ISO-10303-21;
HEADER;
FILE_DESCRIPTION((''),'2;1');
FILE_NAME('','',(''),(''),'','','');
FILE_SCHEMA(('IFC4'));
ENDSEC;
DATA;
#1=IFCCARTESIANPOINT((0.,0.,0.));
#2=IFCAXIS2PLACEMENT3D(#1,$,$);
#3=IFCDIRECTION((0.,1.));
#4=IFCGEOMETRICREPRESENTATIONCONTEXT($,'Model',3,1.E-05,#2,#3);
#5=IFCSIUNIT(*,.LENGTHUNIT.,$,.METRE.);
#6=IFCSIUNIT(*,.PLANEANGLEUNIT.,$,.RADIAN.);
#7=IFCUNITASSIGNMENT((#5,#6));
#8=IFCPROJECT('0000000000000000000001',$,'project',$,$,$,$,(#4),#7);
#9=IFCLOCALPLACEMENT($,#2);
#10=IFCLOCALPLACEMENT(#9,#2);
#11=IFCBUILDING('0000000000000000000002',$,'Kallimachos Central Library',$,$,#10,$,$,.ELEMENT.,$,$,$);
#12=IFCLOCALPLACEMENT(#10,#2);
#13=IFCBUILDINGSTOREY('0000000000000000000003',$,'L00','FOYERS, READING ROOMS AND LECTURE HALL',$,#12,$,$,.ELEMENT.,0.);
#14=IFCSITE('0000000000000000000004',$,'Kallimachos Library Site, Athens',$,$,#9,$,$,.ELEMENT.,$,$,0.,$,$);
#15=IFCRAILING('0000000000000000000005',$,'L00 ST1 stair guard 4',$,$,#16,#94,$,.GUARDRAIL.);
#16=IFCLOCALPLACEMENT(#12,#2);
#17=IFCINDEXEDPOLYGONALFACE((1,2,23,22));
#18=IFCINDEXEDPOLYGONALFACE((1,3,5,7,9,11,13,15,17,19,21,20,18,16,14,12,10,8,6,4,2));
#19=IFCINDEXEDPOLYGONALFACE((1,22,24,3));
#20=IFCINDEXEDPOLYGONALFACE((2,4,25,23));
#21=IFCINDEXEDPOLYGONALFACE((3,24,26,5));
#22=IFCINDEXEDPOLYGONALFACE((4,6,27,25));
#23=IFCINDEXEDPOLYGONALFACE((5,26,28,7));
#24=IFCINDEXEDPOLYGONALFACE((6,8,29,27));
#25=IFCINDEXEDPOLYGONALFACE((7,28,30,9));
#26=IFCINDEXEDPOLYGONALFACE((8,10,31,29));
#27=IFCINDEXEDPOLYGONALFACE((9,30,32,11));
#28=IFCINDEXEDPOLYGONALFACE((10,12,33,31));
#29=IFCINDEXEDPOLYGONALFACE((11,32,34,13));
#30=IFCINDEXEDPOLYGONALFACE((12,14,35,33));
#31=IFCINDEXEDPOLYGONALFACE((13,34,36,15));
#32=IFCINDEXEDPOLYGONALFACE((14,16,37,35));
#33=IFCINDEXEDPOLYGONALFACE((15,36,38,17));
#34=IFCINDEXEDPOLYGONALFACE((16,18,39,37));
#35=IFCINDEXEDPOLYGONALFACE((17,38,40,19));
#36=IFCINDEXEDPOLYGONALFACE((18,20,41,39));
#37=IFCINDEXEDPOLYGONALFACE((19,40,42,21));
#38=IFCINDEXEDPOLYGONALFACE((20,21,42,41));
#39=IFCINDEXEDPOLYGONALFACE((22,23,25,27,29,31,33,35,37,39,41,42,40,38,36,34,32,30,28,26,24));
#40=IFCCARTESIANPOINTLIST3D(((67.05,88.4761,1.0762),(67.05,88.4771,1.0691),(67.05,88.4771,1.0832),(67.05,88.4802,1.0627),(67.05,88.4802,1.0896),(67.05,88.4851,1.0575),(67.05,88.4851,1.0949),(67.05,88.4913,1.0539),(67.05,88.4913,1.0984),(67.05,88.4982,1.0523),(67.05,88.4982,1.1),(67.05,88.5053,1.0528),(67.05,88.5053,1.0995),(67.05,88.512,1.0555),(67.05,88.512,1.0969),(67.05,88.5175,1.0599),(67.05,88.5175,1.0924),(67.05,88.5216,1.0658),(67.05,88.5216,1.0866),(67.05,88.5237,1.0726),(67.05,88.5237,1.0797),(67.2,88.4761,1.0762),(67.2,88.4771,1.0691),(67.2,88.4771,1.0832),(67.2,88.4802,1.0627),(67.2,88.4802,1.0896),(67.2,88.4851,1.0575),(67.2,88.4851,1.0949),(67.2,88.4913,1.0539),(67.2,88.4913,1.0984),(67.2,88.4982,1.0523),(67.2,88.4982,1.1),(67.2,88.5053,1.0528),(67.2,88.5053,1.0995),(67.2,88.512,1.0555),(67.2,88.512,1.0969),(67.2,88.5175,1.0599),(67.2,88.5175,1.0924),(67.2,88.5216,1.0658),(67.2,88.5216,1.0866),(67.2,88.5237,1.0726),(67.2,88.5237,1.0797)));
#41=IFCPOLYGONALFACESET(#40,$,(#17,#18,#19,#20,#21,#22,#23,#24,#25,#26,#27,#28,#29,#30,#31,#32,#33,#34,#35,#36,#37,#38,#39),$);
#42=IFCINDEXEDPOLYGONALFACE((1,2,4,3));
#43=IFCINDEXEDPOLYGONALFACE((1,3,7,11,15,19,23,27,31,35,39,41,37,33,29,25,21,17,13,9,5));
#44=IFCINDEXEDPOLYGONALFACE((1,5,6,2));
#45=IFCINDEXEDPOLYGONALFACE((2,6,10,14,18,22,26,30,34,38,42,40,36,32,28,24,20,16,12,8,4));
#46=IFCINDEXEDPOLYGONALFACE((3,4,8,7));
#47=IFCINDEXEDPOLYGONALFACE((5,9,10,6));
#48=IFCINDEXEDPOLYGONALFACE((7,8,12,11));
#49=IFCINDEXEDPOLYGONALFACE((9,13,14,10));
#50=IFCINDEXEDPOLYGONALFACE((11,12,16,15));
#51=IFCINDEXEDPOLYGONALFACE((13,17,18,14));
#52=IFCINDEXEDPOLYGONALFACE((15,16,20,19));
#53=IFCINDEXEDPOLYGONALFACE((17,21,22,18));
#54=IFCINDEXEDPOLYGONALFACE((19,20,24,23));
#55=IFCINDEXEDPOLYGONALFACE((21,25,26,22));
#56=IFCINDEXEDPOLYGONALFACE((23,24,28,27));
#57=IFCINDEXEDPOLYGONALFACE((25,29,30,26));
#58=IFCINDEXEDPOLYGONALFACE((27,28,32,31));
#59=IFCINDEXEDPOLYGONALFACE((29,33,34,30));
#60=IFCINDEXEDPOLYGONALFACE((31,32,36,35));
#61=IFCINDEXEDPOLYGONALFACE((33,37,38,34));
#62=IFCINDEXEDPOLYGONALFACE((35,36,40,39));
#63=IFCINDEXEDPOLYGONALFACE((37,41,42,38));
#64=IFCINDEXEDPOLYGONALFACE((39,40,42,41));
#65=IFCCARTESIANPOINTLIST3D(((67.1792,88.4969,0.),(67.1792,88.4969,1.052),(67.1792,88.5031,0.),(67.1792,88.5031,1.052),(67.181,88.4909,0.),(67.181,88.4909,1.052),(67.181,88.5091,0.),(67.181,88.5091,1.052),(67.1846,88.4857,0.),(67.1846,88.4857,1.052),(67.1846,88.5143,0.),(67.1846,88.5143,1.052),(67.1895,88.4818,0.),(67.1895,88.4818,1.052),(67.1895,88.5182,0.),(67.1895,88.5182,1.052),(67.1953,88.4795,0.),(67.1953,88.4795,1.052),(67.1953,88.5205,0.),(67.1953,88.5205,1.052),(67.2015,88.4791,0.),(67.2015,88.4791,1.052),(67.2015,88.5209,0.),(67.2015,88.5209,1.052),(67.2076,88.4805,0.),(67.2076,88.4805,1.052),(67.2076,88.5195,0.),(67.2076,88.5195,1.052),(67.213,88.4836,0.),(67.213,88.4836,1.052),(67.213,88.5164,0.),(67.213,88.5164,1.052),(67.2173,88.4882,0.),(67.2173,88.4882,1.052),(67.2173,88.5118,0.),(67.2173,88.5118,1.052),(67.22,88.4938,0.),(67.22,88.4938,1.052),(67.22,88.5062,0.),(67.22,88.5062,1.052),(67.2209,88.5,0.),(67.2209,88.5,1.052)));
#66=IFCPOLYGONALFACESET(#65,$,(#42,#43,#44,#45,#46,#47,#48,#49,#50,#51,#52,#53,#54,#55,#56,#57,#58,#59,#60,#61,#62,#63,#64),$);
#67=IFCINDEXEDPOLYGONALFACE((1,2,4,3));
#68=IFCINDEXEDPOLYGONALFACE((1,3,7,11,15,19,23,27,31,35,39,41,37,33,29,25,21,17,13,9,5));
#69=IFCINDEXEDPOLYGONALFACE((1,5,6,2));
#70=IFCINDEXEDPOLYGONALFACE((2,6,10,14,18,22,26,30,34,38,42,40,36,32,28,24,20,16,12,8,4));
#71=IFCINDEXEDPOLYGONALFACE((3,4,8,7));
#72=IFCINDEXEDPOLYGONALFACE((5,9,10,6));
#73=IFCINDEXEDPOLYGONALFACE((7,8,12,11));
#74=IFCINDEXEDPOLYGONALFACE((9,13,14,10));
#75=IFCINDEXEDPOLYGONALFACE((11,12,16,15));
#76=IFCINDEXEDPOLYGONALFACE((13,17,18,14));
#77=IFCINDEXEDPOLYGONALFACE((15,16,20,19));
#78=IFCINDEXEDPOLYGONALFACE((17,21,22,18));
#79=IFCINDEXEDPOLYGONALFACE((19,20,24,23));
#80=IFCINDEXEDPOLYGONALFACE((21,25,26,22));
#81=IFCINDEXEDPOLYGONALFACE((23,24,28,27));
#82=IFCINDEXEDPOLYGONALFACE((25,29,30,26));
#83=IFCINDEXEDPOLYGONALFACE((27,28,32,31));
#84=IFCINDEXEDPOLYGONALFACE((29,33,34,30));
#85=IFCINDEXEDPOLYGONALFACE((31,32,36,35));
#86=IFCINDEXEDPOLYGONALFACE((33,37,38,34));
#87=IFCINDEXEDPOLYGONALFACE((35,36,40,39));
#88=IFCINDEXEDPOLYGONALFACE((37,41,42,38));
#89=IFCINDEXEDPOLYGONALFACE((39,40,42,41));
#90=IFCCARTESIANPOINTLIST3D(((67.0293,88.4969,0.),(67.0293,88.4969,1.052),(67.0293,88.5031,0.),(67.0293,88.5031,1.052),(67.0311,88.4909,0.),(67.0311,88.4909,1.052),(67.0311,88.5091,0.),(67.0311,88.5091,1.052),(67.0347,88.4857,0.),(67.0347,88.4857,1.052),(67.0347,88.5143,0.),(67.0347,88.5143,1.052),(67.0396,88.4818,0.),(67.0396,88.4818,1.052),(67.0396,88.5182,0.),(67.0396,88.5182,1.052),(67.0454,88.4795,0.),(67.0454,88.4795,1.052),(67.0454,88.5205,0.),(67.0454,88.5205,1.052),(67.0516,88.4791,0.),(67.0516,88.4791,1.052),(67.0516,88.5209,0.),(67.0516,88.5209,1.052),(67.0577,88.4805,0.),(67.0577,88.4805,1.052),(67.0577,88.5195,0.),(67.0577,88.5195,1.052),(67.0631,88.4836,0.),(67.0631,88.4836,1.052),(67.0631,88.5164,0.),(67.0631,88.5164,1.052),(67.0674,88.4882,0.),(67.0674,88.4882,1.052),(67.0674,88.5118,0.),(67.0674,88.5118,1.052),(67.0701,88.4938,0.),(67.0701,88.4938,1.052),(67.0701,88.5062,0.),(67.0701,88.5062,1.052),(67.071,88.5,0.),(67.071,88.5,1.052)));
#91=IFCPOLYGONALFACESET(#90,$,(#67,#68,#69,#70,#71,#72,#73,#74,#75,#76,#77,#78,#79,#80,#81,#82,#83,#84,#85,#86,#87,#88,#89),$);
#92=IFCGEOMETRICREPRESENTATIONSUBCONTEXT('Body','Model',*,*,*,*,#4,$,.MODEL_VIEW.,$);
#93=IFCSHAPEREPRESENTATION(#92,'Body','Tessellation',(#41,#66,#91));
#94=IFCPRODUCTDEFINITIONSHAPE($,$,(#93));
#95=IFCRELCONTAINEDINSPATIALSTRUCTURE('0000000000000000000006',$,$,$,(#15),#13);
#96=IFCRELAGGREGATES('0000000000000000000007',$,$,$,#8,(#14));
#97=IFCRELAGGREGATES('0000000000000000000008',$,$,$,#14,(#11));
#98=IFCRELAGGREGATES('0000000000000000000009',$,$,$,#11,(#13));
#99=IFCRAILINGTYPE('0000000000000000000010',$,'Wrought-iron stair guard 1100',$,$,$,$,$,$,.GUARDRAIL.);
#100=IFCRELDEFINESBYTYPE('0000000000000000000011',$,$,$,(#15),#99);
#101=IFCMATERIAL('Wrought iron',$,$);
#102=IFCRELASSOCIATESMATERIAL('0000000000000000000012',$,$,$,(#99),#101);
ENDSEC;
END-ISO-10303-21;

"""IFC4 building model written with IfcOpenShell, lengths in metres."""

from ifc_helpers import new_model, si_unit, direction, frame, origin, origin_2d, place, context, subcontext, project, spatial, circle, extrude, material, type_object, element, save


model = new_model("IFC4")

# Units and contexts
model_context = context("Model", 3, precision=1e-05, world=origin(), true_north=direction((0.0, 1.0)))
body_context = subcontext(model_context, "Body", "Model", "MODEL_VIEW")
ifc_project = project(units=[si_unit("LENGTHUNIT", "METRE"), si_unit("PLANEANGLEUNIT", "RADIAN")], contexts=[model_context])

# Site, building, storey
site_placement = place(None, origin())
site = spatial("IfcSite", under=ifc_project, at=site_placement, Name="Kallimachos Library Site, Athens", CompositionType="ELEMENT", RefElevation=0.0)
building_placement = place(site_placement, origin())
building = spatial("IfcBuilding", under=site, at=building_placement, Name="Kallimachos Central Library", CompositionType="ELEMENT")
storey_placement = place(building_placement, origin())
storey = spatial("IfcBuildingStorey", under=building, at=storey_placement, Name="L00", Description="FOYERS, READING ROOMS AND LECTURE HALL", CompositionType="ELEMENT", Elevation=0.0)

# Railing
ifc_material_1 = material(Name="Wrought iron")
railing_type_1 = type_object("IfcRailingType", Name="Wrought-iron stair guard 1100", PredefinedType="GUARDRAIL", material=ifc_material_1)
railing_1_placement = place(storey_placement, frame((67.2, 88.5, 0.0)))
element("IfcRailing", 1, at=railing_1_placement, inside=storey, type_object=railing_type_1, Name="L00 ST1 stair guard 4", PredefinedType="GUARDRAIL", context=body_context, shape_type="SweptSolid", body=[
    extrude(circle(Radius=0.0239, at=origin_2d()), frame((0.0, 0.0, 1.0762), z_axis=(-1.0, 0.0, 0.0), x_axis=(0.0, -1.0, 0.0)), (0.0, 0.0, 1.0), 0.1499),
    extrude(circle(Radius=0.021, at=origin_2d()), origin(), (0.0, 0.0, 1.0), 1.052),
    extrude(circle(Radius=0.021, at=origin_2d()), frame((-0.1499, 0.0, 0.0)), (0.0, 0.0, 1.0), 1.052),
])

save(model, "model.ifc")
